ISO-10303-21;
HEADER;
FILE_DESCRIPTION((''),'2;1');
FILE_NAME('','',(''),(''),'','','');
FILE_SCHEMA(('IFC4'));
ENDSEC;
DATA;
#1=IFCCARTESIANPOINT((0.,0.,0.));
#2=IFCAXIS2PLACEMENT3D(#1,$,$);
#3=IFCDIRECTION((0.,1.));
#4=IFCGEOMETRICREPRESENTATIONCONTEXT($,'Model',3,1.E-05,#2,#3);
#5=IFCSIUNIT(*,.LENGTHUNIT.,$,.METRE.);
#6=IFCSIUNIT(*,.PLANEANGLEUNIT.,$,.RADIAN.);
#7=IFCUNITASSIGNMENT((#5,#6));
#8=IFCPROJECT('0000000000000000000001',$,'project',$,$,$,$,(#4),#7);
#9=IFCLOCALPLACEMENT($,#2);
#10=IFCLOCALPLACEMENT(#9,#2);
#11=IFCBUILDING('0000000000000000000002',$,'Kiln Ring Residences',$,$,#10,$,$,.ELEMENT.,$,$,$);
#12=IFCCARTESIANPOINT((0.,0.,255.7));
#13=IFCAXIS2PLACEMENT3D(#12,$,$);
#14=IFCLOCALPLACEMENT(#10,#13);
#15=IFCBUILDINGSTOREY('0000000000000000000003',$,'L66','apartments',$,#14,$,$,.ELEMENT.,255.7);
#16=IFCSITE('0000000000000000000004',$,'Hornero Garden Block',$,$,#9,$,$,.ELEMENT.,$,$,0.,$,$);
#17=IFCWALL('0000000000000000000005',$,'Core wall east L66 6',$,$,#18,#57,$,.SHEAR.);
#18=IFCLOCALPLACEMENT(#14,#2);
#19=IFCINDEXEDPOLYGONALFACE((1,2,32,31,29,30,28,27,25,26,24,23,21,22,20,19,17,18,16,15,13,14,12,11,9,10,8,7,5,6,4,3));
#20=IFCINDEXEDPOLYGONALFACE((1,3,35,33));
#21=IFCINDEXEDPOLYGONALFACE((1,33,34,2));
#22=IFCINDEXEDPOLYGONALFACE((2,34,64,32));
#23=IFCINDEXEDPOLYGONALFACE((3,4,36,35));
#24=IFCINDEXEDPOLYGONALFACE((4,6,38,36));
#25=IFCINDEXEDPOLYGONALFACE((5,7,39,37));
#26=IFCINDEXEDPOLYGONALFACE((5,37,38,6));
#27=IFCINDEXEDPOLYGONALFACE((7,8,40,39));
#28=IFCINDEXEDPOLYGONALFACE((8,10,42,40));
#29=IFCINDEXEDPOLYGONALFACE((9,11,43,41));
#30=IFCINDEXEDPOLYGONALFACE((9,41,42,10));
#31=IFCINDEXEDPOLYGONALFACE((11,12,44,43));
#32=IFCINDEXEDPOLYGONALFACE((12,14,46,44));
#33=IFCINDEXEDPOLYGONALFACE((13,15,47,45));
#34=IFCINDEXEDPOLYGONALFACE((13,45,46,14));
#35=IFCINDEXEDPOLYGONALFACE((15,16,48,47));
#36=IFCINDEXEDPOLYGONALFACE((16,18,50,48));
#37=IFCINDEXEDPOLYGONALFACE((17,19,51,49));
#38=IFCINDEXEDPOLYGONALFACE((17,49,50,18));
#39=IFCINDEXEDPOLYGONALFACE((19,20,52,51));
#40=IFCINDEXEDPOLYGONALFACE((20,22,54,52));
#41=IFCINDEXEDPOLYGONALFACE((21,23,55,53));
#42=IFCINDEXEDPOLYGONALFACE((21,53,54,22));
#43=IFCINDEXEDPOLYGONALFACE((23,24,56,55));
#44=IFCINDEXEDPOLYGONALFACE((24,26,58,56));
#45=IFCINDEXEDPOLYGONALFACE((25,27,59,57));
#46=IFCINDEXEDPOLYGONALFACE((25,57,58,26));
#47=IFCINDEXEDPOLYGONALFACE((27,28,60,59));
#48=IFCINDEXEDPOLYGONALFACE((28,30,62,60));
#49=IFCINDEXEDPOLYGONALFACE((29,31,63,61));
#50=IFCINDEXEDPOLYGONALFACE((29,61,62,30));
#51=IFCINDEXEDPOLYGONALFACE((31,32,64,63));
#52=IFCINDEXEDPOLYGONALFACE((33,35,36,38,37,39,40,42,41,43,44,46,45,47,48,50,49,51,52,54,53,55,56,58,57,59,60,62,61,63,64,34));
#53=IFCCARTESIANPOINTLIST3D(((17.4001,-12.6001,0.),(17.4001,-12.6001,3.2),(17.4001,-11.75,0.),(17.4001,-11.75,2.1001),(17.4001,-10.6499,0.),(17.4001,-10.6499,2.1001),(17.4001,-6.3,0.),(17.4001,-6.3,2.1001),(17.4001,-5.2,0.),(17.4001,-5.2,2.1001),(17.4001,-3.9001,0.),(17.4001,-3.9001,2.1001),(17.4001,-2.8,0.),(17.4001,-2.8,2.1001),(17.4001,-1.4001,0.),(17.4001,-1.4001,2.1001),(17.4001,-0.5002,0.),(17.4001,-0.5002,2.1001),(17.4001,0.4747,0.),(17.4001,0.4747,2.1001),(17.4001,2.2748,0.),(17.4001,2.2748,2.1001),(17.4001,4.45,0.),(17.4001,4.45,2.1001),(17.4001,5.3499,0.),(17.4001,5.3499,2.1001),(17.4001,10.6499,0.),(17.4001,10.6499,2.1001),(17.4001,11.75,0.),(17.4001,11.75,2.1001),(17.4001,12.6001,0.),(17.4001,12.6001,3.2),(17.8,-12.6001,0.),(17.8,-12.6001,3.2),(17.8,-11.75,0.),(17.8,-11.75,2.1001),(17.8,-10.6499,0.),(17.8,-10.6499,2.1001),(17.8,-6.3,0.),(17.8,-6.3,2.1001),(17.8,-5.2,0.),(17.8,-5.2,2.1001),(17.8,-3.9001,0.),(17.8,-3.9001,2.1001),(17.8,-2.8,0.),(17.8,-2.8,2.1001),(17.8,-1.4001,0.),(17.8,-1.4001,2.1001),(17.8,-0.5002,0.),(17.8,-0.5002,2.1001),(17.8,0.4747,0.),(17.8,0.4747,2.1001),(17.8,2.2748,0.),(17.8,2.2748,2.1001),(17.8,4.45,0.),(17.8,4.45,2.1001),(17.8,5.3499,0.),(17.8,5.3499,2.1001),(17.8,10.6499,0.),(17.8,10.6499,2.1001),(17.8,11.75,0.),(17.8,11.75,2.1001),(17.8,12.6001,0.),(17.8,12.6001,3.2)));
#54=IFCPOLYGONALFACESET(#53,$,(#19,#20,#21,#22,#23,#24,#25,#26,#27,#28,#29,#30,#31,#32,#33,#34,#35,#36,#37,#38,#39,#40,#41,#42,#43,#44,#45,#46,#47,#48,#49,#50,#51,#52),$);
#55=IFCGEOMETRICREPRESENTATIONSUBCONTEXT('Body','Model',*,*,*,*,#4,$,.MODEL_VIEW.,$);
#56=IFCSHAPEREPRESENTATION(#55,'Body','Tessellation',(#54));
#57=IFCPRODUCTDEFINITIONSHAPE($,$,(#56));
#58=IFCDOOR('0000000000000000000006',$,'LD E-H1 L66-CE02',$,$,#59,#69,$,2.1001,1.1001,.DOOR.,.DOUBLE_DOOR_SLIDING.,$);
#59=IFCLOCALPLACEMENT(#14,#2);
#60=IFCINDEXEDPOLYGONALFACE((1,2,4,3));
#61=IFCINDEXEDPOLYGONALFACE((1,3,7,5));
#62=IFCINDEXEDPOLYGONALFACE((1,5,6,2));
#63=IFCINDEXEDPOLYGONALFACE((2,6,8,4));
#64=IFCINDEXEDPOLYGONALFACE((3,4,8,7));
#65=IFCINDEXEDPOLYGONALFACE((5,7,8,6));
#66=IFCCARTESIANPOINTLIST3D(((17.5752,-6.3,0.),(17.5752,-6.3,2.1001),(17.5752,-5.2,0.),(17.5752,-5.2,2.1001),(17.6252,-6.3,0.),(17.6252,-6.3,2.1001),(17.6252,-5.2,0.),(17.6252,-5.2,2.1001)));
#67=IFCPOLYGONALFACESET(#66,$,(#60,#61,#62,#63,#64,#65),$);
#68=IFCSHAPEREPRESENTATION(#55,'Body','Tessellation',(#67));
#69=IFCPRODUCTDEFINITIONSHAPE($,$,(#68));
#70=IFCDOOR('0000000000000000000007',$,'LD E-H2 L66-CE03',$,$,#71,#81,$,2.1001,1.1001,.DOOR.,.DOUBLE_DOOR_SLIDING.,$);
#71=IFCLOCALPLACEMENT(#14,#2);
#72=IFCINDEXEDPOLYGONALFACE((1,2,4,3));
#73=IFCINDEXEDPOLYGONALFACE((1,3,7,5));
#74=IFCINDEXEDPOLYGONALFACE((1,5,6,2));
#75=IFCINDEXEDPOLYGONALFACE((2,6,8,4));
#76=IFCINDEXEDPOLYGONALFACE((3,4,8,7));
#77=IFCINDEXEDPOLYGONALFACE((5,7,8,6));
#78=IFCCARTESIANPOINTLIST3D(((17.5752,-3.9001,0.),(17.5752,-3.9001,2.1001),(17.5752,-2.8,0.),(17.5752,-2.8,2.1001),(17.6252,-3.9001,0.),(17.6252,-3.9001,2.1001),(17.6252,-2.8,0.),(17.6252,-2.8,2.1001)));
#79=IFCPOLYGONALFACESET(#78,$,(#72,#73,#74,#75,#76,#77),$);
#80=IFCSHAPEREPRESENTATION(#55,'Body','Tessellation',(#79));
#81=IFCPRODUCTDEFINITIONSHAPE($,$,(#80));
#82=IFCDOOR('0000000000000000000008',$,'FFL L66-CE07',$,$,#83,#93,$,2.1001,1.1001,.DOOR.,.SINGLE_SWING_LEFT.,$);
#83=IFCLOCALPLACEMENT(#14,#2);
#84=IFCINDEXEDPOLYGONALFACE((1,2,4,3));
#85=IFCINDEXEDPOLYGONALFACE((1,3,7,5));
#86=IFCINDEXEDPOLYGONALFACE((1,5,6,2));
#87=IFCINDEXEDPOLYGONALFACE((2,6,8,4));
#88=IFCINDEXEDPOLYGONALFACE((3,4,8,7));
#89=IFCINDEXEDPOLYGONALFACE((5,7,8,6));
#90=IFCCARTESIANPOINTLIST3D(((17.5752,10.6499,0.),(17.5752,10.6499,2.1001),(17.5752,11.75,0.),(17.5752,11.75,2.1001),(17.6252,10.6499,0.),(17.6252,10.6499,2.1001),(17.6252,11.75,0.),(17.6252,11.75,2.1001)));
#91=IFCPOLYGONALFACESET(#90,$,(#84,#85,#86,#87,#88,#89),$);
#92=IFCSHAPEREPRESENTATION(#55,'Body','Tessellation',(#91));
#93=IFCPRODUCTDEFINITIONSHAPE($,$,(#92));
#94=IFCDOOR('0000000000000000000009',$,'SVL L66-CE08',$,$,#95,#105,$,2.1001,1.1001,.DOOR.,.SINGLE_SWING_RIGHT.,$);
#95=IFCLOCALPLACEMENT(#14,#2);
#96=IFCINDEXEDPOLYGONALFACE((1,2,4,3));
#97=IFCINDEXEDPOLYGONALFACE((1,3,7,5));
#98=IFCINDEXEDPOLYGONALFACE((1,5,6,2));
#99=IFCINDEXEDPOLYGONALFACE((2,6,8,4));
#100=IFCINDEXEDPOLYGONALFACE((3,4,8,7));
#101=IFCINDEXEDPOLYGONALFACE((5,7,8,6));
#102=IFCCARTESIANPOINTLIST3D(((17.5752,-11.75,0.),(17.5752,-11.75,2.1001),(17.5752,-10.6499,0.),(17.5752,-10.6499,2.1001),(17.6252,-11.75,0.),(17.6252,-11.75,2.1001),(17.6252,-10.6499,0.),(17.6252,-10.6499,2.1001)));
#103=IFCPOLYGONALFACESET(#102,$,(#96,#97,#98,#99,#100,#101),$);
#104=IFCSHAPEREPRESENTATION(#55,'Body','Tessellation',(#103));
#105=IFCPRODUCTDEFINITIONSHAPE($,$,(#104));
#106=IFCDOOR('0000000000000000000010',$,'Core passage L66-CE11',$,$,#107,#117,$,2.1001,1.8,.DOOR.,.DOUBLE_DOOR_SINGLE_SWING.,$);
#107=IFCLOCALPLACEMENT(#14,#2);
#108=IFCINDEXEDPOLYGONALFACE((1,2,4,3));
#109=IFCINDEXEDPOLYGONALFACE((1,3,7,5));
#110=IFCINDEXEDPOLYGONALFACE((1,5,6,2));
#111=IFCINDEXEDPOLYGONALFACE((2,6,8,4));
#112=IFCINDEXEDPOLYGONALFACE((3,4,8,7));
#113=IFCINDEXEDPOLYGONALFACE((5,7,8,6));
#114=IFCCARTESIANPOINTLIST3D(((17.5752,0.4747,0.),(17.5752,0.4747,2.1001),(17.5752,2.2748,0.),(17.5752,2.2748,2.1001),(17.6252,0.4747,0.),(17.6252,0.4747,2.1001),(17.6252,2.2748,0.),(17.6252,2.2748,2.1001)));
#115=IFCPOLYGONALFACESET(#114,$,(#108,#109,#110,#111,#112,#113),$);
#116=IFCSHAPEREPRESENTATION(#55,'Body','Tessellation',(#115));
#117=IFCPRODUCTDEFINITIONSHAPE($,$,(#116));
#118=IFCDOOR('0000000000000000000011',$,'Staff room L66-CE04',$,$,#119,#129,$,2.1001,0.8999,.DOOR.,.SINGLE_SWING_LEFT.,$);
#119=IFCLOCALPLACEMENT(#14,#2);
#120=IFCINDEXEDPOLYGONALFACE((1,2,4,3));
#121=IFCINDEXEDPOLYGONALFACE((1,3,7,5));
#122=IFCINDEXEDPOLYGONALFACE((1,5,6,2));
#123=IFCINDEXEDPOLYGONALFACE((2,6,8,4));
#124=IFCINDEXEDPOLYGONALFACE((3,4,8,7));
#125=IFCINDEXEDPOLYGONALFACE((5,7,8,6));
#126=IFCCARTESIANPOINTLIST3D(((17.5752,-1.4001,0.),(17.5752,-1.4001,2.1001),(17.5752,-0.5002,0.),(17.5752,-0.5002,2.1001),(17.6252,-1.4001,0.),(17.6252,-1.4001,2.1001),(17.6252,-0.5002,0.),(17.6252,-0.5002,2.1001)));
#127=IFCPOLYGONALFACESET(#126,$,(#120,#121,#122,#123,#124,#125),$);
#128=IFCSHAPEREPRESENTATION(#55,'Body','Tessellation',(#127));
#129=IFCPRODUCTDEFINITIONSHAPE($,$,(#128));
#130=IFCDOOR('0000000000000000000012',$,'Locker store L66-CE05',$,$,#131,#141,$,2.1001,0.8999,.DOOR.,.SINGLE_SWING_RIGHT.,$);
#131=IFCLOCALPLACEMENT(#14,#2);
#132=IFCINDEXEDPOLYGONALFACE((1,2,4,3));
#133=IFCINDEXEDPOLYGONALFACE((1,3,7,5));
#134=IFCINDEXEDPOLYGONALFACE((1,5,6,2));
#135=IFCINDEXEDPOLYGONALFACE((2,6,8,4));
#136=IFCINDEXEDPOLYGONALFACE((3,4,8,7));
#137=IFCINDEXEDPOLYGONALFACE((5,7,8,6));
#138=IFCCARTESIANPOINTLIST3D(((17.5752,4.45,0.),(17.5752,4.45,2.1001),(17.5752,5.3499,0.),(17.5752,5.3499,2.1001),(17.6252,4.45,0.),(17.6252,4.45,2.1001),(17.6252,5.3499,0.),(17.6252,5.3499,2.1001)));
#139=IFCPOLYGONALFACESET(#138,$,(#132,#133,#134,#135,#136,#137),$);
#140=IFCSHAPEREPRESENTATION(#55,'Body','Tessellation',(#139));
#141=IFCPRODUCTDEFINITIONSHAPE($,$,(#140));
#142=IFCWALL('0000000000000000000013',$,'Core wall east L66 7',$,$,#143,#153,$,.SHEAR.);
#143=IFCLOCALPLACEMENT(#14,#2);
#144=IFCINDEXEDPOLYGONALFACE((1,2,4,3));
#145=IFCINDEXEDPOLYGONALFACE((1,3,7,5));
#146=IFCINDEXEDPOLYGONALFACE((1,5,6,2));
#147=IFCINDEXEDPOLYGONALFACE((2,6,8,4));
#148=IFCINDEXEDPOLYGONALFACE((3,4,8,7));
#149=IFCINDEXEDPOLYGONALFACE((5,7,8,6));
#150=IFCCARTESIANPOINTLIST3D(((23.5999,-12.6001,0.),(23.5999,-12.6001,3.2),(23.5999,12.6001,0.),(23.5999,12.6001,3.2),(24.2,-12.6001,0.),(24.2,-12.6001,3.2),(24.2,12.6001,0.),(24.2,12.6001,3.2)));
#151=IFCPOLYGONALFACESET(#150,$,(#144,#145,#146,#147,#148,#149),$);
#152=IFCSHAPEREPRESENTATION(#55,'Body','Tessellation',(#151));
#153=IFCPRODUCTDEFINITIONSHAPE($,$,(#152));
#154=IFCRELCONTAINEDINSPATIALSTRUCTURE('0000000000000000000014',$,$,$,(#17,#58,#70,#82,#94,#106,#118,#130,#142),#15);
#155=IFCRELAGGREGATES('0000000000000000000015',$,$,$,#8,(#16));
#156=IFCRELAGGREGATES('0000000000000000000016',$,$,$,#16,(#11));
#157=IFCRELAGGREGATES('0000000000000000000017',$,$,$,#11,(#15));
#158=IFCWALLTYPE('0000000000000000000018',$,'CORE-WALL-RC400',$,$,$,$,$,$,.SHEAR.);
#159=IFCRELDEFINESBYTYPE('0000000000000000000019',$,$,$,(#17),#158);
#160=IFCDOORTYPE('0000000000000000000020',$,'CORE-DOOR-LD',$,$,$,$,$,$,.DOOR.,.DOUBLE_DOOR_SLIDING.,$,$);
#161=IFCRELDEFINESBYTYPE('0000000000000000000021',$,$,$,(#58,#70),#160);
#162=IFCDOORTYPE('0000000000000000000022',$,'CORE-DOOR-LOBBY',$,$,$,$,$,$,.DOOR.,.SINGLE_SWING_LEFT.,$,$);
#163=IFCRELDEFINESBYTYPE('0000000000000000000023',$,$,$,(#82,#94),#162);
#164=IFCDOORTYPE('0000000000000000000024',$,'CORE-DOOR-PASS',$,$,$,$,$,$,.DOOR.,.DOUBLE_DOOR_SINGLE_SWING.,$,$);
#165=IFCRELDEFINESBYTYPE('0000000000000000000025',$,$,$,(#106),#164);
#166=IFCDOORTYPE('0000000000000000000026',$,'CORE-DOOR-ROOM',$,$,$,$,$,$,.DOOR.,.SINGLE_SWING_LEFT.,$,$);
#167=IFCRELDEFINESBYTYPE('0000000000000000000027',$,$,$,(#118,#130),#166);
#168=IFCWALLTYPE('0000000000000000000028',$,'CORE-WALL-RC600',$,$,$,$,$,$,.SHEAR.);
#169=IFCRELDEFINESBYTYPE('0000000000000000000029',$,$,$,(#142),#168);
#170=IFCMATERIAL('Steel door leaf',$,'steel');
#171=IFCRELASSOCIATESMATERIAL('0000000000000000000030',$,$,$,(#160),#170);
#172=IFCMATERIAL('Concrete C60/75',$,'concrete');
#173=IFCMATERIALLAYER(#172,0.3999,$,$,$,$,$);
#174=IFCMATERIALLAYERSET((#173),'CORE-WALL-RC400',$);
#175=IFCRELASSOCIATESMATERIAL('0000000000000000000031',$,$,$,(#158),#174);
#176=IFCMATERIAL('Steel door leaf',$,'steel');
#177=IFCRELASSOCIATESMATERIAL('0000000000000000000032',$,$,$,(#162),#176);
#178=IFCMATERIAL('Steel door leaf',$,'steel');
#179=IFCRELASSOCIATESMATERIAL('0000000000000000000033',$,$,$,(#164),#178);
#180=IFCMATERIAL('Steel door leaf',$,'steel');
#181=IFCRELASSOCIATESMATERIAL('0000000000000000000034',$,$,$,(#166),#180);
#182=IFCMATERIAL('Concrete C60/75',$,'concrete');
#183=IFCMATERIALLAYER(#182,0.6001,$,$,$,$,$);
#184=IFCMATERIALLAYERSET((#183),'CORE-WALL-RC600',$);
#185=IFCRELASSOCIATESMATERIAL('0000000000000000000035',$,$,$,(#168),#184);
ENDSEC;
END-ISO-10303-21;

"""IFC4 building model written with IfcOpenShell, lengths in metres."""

from ifc_helpers import new_model, si_unit, direction, frame, frame_2d, origin, place, context, subcontext, project, spatial, rectangle, extrude, material, layer, layer_set, type_object, element, fill, save


model = new_model("IFC4")

# Units and contexts
model_context = context("Model", 3, precision=1e-05, world=origin(), true_north=direction((0.0, 1.0)))
body_context = subcontext(model_context, "Body", "Model", "MODEL_VIEW")
ifc_project = project(units=[si_unit("LENGTHUNIT", "METRE"), si_unit("PLANEANGLEUNIT", "RADIAN")], contexts=[model_context])

# Site, building, storey
site_placement = place(None, origin())
site = spatial("IfcSite", under=ifc_project, at=site_placement, Name="Hornero Garden Block", CompositionType="ELEMENT", RefElevation=0.0)
building_placement = place(site_placement, origin())
building = spatial("IfcBuilding", under=site, at=building_placement, Name="Kiln Ring Residences", CompositionType="ELEMENT")
storey_placement = place(building_placement, frame((0.0, 0.0, 255.7)))
storey = spatial("IfcBuildingStorey", under=building, at=storey_placement, Name="L66", Description="apartments", CompositionType="ELEMENT", Elevation=255.7)

# Wall, openings, doors
ifc_material_1 = material(Name="Steel door leaf", Category="steel")
door_type_1 = type_object("IfcDoorType", Name="CORE-DOOR-LD", OperationType="DOUBLE_DOOR_SLIDING", PredefinedType="DOOR", material=ifc_material_1)
ifc_material_2 = material(Name="Concrete C60/75", Category="concrete")
ifc_layer_1 = layer(ifc_material_2, 0.3999)
ifc_layer_set_1 = layer_set([ifc_layer_1], Name="CORE-WALL-RC400")
wall_type_1 = type_object("IfcWallType", Name="CORE-WALL-RC400", PredefinedType="SHEAR", material=ifc_layer_set_1)
wall_1_placement = place(storey_placement, frame((17.6001, -12.6001, 0.0), z_axis=(0.0, 0.0, 1.0), x_axis=(0.0, 1.0, 0.0)))
wall_1 = element("IfcWall", 1, at=wall_1_placement, inside=storey, type_object=wall_type_1, Name="Core wall east L66 6", PredefinedType="SHEAR", context=body_context, shape_type="SweptSolid", body=[
    extrude(rectangle(XDim=25.2002, YDim=0.3999, at=frame_2d((12.6001, 0.0))), origin(), (0.0, 0.0, 1.0), 3.2),
])
opening_1_placement = place(wall_1_placement, frame((6.3, 0.0, 0.0)))
opening_1 = element("IfcOpeningElement", 2, at=opening_1_placement, cuts=wall_1, PredefinedType="OPENING", context=body_context, shape_type="SweptSolid", body=[
    extrude(rectangle(XDim=1.1001, YDim=2.1001, at=frame_2d((0.55, 1.05))), frame((0.0, 0.21, 0.0), z_axis=(0.0, -1.0, 0.0), x_axis=(1.0, 0.0, 0.0)), (0.0, 0.0, 1.0), 0.4199),
])
opening_2_placement = place(wall_1_placement, frame((8.7, 0.0, 0.0)))
opening_2 = element("IfcOpeningElement", 3, at=opening_2_placement, cuts=wall_1, PredefinedType="OPENING", context=body_context, shape_type="SweptSolid", body=[
    extrude(rectangle(XDim=1.1001, YDim=2.1001, at=frame_2d((0.55, 1.05))), frame((0.0, 0.21, 0.0), z_axis=(0.0, -1.0, 0.0), x_axis=(1.0, 0.0, 0.0)), (0.0, 0.0, 1.0), 0.4199),
])
opening_3_placement = place(wall_1_placement, frame((11.2, 0.0, 0.0)))
opening_3 = element("IfcOpeningElement", 4, at=opening_3_placement, cuts=wall_1, PredefinedType="OPENING", context=body_context, shape_type="SweptSolid", body=[
    extrude(rectangle(XDim=0.8999, YDim=2.1001, at=frame_2d((0.45, 1.05))), frame((0.0, 0.21, 0.0), z_axis=(0.0, -1.0, 0.0), x_axis=(1.0, 0.0, 0.0)), (0.0, 0.0, 1.0), 0.4199),
])
opening_4_placement = place(wall_1_placement, frame((17.05, 0.0, 0.0)))
opening_4 = element("IfcOpeningElement", 5, at=opening_4_placement, cuts=wall_1, PredefinedType="OPENING", context=body_context, shape_type="SweptSolid", body=[
    extrude(rectangle(XDim=0.8999, YDim=2.1001, at=frame_2d((0.45, 1.05))), frame((0.0, 0.21, 0.0), z_axis=(0.0, -1.0, 0.0), x_axis=(1.0, 0.0, 0.0)), (0.0, 0.0, 1.0), 0.4199),
])
opening_5_placement = place(wall_1_placement, frame((23.25, 0.0, 0.0)))
opening_5 = element("IfcOpeningElement", 6, at=opening_5_placement, cuts=wall_1, PredefinedType="OPENING", context=body_context, shape_type="SweptSolid", body=[
    extrude(rectangle(XDim=1.1001, YDim=2.1001, at=frame_2d((0.55, 1.05))), frame((0.0, 0.21, 0.0), z_axis=(0.0, -1.0, 0.0), x_axis=(1.0, 0.0, 0.0)), (0.0, 0.0, 1.0), 0.4199),
])
opening_6_placement = place(wall_1_placement, frame((0.8501, 0.0, 0.0)))
opening_6 = element("IfcOpeningElement", 7, at=opening_6_placement, cuts=wall_1, PredefinedType="OPENING", context=body_context, shape_type="SweptSolid", body=[
    extrude(rectangle(XDim=1.1001, YDim=2.1001, at=frame_2d((0.55, 1.05))), frame((0.0, 0.21, 0.0), z_axis=(0.0, -1.0, 0.0), x_axis=(1.0, 0.0, 0.0)), (0.0, 0.0, 1.0), 0.4199),
])
opening_7_placement = place(wall_1_placement, frame((13.075, 0.0, 0.0)))
opening_7 = element("IfcOpeningElement", 8, at=opening_7_placement, cuts=wall_1, PredefinedType="OPENING", context=body_context, shape_type="SweptSolid", body=[
    extrude(rectangle(XDim=1.8, YDim=2.1001, at=frame_2d((0.8999, 1.05))), frame((0.0, 0.21, 0.0), z_axis=(0.0, -1.0, 0.0), x_axis=(1.0, 0.0, 0.0)), (0.0, 0.0, 1.0), 0.4199),
])
door_1_placement = place(opening_1_placement, origin())
door_1 = element("IfcDoor", 9, at=door_1_placement, inside=storey, type_object=door_type_1, Name="LD E-H1 L66-CE02", OperationType="DOUBLE_DOOR_SLIDING", OverallHeight=2.1001, OverallWidth=1.1001, PredefinedType="DOOR", context=body_context, shape_type="SweptSolid", body=[
    extrude(rectangle(XDim=1.1001, YDim=2.1001, at=frame_2d((0.55, 1.05))), frame((0.0, 0.0249, 0.0), z_axis=(0.0, -1.0, 0.0), x_axis=(1.0, 0.0, 0.0)), (0.0, 0.0, 1.0), 0.05),
])
fill(opening_1, door_1)
door_2_placement = place(opening_2_placement, origin())
door_2 = element("IfcDoor", 10, at=door_2_placement, inside=storey, type_object=door_type_1, Name="LD E-H2 L66-CE03", OperationType="DOUBLE_DOOR_SLIDING", OverallHeight=2.1001, OverallWidth=1.1001, PredefinedType="DOOR", context=body_context, shape_type="SweptSolid", body=[
    extrude(rectangle(XDim=1.1001, YDim=2.1001, at=frame_2d((0.55, 1.05))), frame((0.0, 0.0249, 0.0), z_axis=(0.0, -1.0, 0.0), x_axis=(1.0, 0.0, 0.0)), (0.0, 0.0, 1.0), 0.05),
])
fill(opening_2, door_2)
ifc_material_3 = material(Name="Steel door leaf", Category="steel")
door_type_2 = type_object("IfcDoorType", Name="CORE-DOOR-LOBBY", OperationType="SINGLE_SWING_LEFT", PredefinedType="DOOR", material=ifc_material_3)
door_3_placement = place(opening_5_placement, origin())
door_3 = element("IfcDoor", 11, at=door_3_placement, inside=storey, type_object=door_type_2, Name="FFL L66-CE07", OperationType="SINGLE_SWING_LEFT", OverallHeight=2.1001, OverallWidth=1.1001, PredefinedType="DOOR", context=body_context, shape_type="SweptSolid", body=[
    extrude(rectangle(XDim=1.1001, YDim=2.1001, at=frame_2d((0.55, 1.05))), frame((0.0, 0.0249, 0.0), z_axis=(0.0, -1.0, 0.0), x_axis=(1.0, 0.0, 0.0)), (0.0, 0.0, 1.0), 0.05),
])
fill(opening_5, door_3)
door_4_placement = place(opening_6_placement, origin())
door_4 = element("IfcDoor", 12, at=door_4_placement, inside=storey, type_object=door_type_2, Name="SVL L66-CE08", OperationType="SINGLE_SWING_RIGHT", OverallHeight=2.1001, OverallWidth=1.1001, PredefinedType="DOOR", context=body_context, shape_type="SweptSolid", body=[
    extrude(rectangle(XDim=1.1001, YDim=2.1001, at=frame_2d((0.55, 1.05))), frame((0.0, 0.0249, 0.0), z_axis=(0.0, -1.0, 0.0), x_axis=(1.0, 0.0, 0.0)), (0.0, 0.0, 1.0), 0.05),
])
fill(opening_6, door_4)
ifc_material_4 = material(Name="Steel door leaf", Category="steel")
door_type_3 = type_object("IfcDoorType", Name="CORE-DOOR-PASS", OperationType="DOUBLE_DOOR_SINGLE_SWING", PredefinedType="DOOR", material=ifc_material_4)
door_5_placement = place(opening_7_placement, origin())
door_5 = element("IfcDoor", 13, at=door_5_placement, inside=storey, type_object=door_type_3, Name="Core passage L66-CE11", OperationType="DOUBLE_DOOR_SINGLE_SWING", OverallHeight=2.1001, OverallWidth=1.8, PredefinedType="DOOR", context=body_context, shape_type="SweptSolid", body=[
    extrude(rectangle(XDim=1.8, YDim=2.1001, at=frame_2d((0.8999, 1.05))), frame((0.0, 0.0249, 0.0), z_axis=(0.0, -1.0, 0.0), x_axis=(1.0, 0.0, 0.0)), (0.0, 0.0, 1.0), 0.05),
])
fill(opening_7, door_5)
ifc_material_5 = material(Name="Steel door leaf", Category="steel")
door_type_4 = type_object("IfcDoorType", Name="CORE-DOOR-ROOM", OperationType="SINGLE_SWING_LEFT", PredefinedType="DOOR", material=ifc_material_5)
door_6_placement = place(opening_3_placement, origin())
door_6 = element("IfcDoor", 14, at=door_6_placement, inside=storey, type_object=door_type_4, Name="Staff room L66-CE04", OperationType="SINGLE_SWING_LEFT", OverallHeight=2.1001, OverallWidth=0.8999, PredefinedType="DOOR", context=body_context, shape_type="SweptSolid", body=[
    extrude(rectangle(XDim=0.8999, YDim=2.1001, at=frame_2d((0.45, 1.05))), frame((0.0, 0.0249, 0.0), z_axis=(0.0, -1.0, 0.0), x_axis=(1.0, 0.0, 0.0)), (0.0, 0.0, 1.0), 0.05),
])
fill(opening_3, door_6)
door_7_placement = place(opening_4_placement, origin())
door_7 = element("IfcDoor", 15, at=door_7_placement, inside=storey, type_object=door_type_4, Name="Locker store L66-CE05", OperationType="SINGLE_SWING_RIGHT", OverallHeight=2.1001, OverallWidth=0.8999, PredefinedType="DOOR", context=body_context, shape_type="SweptSolid", body=[
    extrude(rectangle(XDim=0.8999, YDim=2.1001, at=frame_2d((0.45, 1.05))), frame((0.0, 0.0249, 0.0), z_axis=(0.0, -1.0, 0.0), x_axis=(1.0, 0.0, 0.0)), (0.0, 0.0, 1.0), 0.05),
])
fill(opening_4, door_7)

# Wall
ifc_material_6 = material(Name="Concrete C60/75", Category="concrete")
ifc_layer_2 = layer(ifc_material_6, 0.6001)
ifc_layer_set_2 = layer_set([ifc_layer_2], Name="CORE-WALL-RC600")
wall_type_2 = type_object("IfcWallType", Name="CORE-WALL-RC600", PredefinedType="SHEAR", material=ifc_layer_set_2)
wall_2_placement = place(storey_placement, frame((23.8999, -12.6001, 0.0), z_axis=(0.0, 0.0, 1.0), x_axis=(0.0, 1.0, 0.0)))
element("IfcWall", 16, at=wall_2_placement, inside=storey, type_object=wall_type_2, Name="Core wall east L66 7", PredefinedType="SHEAR", context=body_context, shape_type="SweptSolid", body=[
    extrude(rectangle(XDim=25.2002, YDim=0.6001, at=frame_2d((12.6001, 0.0))), origin(), (0.0, 0.0, 1.0), 3.2),
])

save(model, "model.ifc")
